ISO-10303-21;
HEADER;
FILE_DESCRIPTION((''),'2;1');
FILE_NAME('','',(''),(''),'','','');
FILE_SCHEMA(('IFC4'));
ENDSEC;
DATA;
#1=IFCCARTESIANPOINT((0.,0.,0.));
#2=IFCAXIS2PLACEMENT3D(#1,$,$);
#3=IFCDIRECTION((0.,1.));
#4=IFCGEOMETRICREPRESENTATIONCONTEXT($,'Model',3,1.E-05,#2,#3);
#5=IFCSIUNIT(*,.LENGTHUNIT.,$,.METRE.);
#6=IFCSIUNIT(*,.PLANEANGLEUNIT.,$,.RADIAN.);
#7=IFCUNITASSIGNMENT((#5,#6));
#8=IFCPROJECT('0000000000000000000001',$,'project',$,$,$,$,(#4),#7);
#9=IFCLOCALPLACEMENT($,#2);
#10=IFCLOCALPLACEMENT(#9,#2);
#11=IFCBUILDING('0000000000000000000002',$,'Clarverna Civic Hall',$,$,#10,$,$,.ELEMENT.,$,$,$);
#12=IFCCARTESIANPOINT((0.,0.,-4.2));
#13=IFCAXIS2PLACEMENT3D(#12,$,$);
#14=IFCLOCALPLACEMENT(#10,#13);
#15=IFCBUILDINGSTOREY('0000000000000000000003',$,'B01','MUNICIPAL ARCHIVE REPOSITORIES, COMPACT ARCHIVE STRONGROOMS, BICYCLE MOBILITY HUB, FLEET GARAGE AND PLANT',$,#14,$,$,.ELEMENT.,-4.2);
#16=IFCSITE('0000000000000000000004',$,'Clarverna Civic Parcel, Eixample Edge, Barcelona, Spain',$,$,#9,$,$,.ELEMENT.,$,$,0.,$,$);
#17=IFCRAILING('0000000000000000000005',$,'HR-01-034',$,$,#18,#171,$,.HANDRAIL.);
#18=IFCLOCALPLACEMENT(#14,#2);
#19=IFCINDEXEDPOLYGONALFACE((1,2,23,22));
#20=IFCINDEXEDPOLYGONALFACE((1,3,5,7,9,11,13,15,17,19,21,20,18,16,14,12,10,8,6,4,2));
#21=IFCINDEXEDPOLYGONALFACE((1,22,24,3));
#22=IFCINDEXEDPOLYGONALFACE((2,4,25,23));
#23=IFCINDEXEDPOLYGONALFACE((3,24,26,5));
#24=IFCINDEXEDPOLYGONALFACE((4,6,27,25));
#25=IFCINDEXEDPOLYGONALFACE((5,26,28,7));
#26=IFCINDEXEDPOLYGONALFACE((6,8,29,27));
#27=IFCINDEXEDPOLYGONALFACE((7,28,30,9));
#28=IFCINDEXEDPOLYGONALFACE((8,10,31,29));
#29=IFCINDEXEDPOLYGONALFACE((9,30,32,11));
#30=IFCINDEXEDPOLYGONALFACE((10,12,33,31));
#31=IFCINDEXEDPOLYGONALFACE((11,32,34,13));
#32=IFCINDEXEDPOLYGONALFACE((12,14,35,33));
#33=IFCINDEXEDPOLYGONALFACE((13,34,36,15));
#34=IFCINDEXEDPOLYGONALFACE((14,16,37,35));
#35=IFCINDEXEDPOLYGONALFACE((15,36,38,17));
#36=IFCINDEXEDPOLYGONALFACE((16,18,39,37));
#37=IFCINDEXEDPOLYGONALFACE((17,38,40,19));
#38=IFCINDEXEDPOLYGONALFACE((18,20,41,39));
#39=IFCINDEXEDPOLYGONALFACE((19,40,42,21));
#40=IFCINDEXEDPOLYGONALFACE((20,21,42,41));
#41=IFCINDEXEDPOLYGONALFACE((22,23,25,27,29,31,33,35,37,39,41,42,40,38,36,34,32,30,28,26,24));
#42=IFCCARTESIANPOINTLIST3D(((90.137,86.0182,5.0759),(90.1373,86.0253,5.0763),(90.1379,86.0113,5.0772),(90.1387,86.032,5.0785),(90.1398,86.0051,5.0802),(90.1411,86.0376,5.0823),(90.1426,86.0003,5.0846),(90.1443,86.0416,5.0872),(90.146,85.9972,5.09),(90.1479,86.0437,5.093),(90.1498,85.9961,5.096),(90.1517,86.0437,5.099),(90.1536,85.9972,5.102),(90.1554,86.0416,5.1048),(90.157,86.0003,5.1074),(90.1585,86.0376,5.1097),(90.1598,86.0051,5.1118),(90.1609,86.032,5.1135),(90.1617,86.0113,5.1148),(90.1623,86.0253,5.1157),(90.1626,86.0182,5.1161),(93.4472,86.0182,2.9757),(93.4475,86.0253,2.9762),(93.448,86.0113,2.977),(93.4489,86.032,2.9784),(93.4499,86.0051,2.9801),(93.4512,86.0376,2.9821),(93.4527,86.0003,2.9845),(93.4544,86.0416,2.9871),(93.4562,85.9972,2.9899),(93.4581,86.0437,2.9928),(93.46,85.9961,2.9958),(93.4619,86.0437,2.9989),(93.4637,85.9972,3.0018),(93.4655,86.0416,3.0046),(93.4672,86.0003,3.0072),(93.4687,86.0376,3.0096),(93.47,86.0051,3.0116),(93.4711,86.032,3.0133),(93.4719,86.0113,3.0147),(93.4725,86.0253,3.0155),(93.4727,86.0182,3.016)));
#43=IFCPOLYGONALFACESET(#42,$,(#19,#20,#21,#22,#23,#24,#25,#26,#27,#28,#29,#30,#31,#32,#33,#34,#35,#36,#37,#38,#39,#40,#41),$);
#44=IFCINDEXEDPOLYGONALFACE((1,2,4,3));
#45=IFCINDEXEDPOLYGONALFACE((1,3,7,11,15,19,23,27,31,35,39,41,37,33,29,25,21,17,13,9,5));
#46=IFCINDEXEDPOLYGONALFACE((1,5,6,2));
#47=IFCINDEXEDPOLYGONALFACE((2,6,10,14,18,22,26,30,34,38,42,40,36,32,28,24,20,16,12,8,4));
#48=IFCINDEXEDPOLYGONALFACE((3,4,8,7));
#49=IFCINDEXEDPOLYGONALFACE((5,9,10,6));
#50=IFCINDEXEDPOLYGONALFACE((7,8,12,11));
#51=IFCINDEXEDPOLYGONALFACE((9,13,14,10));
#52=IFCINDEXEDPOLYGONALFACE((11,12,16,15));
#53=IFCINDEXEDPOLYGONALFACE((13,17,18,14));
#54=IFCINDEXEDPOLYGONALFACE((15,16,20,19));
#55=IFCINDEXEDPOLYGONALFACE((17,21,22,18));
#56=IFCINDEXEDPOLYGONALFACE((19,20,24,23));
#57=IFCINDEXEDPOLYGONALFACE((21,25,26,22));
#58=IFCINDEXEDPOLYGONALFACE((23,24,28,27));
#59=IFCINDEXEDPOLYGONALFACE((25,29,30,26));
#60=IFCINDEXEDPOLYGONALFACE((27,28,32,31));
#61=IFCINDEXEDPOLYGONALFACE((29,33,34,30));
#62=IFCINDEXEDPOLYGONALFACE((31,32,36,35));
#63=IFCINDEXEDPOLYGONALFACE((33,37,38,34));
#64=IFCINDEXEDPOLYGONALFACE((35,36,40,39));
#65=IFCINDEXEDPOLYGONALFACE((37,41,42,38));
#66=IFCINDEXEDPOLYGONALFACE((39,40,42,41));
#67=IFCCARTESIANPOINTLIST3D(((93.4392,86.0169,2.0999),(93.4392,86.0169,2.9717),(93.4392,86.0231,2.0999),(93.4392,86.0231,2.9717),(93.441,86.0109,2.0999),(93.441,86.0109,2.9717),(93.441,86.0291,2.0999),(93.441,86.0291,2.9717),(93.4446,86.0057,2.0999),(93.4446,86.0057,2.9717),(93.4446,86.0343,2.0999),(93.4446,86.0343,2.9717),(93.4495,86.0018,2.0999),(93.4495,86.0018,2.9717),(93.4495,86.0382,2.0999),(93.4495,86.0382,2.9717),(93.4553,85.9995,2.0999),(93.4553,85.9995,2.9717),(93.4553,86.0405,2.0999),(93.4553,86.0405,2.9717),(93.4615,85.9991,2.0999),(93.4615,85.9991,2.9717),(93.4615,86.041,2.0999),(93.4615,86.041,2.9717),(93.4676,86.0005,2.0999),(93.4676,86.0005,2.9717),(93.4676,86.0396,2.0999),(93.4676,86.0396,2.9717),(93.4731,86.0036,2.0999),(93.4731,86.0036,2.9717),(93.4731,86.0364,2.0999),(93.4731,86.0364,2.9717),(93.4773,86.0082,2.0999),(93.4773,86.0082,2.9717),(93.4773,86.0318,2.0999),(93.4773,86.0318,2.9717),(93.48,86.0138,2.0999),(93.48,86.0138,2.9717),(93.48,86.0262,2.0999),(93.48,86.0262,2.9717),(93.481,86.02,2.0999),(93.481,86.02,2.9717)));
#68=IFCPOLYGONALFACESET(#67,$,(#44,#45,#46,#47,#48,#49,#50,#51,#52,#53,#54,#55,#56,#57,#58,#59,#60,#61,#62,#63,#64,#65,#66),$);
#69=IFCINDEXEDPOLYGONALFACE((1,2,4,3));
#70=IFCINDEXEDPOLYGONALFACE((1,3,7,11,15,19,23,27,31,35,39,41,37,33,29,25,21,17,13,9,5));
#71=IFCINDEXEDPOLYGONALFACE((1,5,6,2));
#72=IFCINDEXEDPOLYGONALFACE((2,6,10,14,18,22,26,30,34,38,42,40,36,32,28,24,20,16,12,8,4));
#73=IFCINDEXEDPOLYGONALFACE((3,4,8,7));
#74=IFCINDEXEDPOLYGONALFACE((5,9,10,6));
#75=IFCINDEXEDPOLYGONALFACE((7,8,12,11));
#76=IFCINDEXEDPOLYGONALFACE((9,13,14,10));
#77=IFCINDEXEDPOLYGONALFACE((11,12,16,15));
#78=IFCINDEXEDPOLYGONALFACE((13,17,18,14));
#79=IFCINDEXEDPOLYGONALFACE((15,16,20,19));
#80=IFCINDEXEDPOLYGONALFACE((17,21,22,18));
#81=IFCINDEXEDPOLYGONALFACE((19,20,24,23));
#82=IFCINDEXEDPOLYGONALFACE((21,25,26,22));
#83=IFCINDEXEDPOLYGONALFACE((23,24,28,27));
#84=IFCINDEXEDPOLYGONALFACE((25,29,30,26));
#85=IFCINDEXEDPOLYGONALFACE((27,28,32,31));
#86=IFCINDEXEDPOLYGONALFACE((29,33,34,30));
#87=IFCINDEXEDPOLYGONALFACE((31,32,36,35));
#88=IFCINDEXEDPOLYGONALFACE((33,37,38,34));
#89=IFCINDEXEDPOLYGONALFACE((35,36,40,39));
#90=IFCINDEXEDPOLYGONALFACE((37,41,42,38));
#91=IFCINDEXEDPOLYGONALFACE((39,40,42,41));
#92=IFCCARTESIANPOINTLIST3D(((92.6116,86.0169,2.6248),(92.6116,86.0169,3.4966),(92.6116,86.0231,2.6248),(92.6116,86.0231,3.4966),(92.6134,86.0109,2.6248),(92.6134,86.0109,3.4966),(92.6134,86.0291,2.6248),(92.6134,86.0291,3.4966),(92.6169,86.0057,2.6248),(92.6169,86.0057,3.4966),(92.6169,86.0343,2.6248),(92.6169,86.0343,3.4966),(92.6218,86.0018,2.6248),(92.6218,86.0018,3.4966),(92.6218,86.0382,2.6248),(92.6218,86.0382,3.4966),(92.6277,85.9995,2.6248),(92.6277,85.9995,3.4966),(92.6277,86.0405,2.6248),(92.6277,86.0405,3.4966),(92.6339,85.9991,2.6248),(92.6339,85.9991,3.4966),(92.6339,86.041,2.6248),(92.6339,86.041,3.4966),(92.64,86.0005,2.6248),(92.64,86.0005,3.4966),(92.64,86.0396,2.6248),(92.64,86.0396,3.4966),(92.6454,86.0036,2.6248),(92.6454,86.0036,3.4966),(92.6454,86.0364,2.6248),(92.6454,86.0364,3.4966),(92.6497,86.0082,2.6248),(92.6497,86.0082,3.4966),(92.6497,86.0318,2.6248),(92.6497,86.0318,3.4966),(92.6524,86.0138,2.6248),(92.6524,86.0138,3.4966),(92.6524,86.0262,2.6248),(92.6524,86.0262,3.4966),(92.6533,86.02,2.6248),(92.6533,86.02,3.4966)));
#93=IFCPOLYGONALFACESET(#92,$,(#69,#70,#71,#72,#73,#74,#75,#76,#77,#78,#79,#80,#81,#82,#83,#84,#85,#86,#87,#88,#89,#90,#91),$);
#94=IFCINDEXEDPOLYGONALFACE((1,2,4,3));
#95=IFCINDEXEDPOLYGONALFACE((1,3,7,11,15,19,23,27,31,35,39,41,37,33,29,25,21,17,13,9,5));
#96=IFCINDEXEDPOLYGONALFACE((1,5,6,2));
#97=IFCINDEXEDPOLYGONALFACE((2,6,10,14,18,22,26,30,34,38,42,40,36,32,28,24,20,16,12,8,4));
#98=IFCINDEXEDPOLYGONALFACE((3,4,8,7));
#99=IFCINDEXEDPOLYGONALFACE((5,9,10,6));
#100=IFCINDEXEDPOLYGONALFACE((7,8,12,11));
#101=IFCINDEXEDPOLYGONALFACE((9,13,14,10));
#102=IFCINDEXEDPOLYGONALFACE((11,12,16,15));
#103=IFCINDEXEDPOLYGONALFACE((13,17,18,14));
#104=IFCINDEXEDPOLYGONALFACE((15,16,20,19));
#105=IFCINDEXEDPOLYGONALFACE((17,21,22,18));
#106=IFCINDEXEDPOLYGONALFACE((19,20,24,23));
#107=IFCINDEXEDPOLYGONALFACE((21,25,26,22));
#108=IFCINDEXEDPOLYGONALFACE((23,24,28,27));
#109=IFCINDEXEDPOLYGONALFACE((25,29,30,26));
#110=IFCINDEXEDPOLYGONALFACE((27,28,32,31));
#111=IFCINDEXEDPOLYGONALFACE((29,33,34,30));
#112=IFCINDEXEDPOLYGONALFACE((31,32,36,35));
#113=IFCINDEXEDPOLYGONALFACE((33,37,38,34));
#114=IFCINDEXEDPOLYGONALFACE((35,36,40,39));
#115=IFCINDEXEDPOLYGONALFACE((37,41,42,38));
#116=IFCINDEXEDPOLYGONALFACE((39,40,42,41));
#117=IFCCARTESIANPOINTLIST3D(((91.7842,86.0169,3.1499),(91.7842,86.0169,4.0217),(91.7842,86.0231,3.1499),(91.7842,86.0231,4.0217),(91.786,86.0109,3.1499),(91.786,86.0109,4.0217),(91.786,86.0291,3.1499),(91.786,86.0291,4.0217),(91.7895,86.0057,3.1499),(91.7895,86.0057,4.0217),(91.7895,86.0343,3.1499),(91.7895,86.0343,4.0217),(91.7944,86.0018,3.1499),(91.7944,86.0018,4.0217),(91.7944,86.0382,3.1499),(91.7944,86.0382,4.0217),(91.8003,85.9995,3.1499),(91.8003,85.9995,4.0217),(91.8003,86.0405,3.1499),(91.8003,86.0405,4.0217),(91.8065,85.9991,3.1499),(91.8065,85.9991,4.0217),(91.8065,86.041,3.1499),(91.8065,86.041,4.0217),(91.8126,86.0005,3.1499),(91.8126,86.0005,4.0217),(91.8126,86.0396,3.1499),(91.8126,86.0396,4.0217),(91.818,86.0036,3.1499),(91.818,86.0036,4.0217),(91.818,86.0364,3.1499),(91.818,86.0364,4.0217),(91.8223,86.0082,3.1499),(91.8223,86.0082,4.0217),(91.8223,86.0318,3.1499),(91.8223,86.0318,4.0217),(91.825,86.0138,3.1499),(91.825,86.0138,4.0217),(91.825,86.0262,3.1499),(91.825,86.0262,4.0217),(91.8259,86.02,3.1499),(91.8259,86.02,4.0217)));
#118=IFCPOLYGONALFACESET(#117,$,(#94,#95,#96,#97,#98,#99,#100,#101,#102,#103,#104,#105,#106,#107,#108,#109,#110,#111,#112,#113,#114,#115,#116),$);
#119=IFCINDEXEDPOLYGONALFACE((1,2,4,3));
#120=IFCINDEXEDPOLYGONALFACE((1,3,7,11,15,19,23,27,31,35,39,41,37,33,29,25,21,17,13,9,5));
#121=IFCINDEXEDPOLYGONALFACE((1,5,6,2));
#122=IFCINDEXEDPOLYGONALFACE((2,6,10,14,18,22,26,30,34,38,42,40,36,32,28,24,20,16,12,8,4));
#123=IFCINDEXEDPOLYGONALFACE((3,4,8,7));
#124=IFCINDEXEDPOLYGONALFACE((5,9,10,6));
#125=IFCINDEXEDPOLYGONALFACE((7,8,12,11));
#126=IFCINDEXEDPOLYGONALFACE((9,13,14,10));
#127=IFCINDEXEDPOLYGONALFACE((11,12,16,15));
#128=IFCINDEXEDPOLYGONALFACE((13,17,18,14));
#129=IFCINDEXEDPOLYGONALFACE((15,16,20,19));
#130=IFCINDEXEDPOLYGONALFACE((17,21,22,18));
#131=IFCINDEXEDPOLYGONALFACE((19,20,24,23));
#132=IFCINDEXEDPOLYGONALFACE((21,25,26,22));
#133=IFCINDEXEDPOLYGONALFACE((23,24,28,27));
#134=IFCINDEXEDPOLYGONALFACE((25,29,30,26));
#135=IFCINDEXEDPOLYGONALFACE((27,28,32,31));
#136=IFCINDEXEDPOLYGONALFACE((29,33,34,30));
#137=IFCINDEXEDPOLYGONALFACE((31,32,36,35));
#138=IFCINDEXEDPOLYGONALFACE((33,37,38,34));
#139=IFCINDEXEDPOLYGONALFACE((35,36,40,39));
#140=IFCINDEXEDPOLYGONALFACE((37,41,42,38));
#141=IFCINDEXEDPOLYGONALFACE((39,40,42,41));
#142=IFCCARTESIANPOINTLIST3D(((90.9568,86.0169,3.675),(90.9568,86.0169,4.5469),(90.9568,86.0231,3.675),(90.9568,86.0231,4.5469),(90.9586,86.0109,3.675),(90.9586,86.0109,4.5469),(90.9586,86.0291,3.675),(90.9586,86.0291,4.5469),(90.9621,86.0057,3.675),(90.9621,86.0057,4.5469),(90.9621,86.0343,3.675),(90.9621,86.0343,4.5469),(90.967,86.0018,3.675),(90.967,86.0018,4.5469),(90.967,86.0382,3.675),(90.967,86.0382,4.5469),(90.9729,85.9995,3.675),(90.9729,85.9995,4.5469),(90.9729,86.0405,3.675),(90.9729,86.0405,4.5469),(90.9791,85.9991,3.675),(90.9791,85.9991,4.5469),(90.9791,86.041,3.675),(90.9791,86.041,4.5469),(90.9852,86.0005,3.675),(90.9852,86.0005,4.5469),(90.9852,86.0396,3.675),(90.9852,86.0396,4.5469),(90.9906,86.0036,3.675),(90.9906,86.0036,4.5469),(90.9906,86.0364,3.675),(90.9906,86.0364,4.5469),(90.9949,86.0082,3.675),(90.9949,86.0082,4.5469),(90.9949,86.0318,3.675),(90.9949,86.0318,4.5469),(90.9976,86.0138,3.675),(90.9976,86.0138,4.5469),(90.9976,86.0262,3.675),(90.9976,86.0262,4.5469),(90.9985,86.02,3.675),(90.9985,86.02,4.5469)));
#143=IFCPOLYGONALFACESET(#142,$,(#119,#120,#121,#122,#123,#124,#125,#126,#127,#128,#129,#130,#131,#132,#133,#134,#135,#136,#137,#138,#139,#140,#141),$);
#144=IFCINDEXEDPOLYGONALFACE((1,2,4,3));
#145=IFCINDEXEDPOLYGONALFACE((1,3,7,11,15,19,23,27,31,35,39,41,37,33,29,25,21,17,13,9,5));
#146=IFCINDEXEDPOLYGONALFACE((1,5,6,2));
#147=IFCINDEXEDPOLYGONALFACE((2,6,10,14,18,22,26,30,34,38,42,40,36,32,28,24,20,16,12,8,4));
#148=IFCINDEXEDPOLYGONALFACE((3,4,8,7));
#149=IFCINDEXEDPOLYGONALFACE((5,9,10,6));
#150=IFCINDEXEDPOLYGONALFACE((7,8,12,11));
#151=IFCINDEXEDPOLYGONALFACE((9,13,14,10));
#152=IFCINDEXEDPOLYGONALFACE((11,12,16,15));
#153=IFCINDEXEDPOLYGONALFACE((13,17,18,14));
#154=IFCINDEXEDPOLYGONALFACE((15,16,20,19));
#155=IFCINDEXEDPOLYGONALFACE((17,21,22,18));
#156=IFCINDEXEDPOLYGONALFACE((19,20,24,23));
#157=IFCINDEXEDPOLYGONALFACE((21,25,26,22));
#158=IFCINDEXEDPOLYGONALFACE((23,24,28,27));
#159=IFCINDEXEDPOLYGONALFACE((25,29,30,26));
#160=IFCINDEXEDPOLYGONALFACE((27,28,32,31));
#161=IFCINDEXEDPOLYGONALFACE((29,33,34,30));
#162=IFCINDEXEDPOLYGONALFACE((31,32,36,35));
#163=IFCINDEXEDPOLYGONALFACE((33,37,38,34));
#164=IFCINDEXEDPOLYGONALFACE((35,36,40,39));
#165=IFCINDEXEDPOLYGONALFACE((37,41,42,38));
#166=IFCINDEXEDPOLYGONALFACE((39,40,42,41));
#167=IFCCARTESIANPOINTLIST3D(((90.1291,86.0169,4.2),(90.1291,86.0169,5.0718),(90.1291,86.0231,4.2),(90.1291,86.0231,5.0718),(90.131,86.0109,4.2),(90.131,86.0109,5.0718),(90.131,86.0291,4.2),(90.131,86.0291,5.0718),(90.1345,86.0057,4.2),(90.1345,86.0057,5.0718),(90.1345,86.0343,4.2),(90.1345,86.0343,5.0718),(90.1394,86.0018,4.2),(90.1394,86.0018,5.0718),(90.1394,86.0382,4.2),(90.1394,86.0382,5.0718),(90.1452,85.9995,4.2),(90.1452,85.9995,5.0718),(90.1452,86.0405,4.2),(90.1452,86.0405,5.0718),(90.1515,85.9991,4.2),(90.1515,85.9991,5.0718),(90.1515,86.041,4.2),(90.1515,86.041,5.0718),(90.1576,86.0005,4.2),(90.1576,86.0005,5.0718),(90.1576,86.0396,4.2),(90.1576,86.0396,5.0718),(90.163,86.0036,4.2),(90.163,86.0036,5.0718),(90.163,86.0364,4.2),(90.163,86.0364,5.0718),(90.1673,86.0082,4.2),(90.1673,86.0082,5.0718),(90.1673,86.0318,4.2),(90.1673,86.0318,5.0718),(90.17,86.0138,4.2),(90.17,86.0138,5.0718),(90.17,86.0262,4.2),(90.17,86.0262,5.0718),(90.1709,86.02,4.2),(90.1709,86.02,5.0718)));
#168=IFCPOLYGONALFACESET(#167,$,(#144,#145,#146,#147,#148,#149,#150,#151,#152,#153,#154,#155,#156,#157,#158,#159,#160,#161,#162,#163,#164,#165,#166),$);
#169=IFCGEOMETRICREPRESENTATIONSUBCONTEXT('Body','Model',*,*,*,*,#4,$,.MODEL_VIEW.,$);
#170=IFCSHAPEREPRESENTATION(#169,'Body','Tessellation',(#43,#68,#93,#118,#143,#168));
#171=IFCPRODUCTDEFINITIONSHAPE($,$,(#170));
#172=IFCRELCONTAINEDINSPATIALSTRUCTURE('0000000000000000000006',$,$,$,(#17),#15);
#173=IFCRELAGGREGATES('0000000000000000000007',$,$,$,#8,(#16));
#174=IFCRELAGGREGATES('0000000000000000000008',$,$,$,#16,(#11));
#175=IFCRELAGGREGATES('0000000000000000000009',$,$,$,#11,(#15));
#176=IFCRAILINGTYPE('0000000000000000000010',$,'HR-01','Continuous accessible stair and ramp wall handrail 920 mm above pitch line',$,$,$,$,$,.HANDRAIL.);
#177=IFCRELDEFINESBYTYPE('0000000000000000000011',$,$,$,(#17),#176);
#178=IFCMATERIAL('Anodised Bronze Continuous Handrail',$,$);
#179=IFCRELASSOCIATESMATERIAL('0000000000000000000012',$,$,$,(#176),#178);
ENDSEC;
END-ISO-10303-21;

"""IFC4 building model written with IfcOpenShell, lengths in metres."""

from ifc_helpers import new_model, si_unit, direction, frame, origin, origin_2d, place, context, subcontext, project, spatial, circle, extrude, material, type_object, element, save


model = new_model("IFC4")

# Units and contexts
model_context = context("Model", 3, precision=1e-05, world=origin(), true_north=direction((0.0, 1.0)))
body_context = subcontext(model_context, "Body", "Model", "MODEL_VIEW")
ifc_project = project(units=[si_unit("LENGTHUNIT", "METRE"), si_unit("PLANEANGLEUNIT", "RADIAN")], contexts=[model_context])

# Site, building, storey
site_placement = place(None, origin())
site = spatial("IfcSite", under=ifc_project, at=site_placement, Name="Clarverna Civic Parcel, Eixample Edge, Barcelona, Spain", CompositionType="ELEMENT", RefElevation=0.0)
building_placement = place(site_placement, origin())
building = spatial("IfcBuilding", under=site, at=building_placement, Name="Clarverna Civic Hall", CompositionType="ELEMENT")
storey_placement = place(building_placement, frame((0.0, 0.0, -4.2)))
storey = spatial("IfcBuildingStorey", under=building, at=storey_placement, Name="B01", Description="MUNICIPAL ARCHIVE REPOSITORIES, COMPACT ARCHIVE STRONGROOMS, BICYCLE MOBILITY HUB, FLEET GARAGE AND PLANT", CompositionType="ELEMENT", Elevation=-4.2)

# Railing
ifc_material_1 = material(Name="Anodised Bronze Continuous Handrail")
railing_type_1 = type_object("IfcRailingType", Name="HR-01", Description="Continuous accessible stair and ramp wall handrail 920 mm above pitch line", PredefinedType="HANDRAIL", material=ifc_material_1)
railing_1_placement = place(storey_placement, frame((93.46, 86.02, 2.0999)))
element("IfcRailing", 1, at=railing_1_placement, inside=storey, type_object=railing_type_1, Name="HR-01-034", PredefinedType="HANDRAIL", context=body_context, shape_type="SweptSolid", body=[
    extrude(circle(Radius=0.0239, at=origin_2d()), frame((0.0, 0.0, 0.896), z_axis=(-0.844389, 0.0, 0.535731), x_axis=(0.0, -1.0, 0.0)), (0.0, 0.0, 1.0), 3.9202),
    extrude(circle(Radius=0.021, at=origin_2d()), origin(), (0.0, 0.0, 1.0), 0.8718),
    extrude(circle(Radius=0.021, at=origin_2d()), frame((-0.8276, 0.0, 0.5249)), (0.0, 0.0, 1.0), 0.8718),
    extrude(circle(Radius=0.021, at=origin_2d()), frame((-1.655, 0.0, 1.05)), (0.0, 0.0, 1.0), 0.8718),
    extrude(circle(Radius=0.021, at=origin_2d()), frame((-2.4824, 0.0, 1.5752)), (0.0, 0.0, 1.0), 0.8718),
    extrude(circle(Radius=0.021, at=origin_2d()), frame((-3.3101, 0.0, 2.1001)), (0.0, 0.0, 1.0), 0.8718),
])

save(model, "model.ifc")
